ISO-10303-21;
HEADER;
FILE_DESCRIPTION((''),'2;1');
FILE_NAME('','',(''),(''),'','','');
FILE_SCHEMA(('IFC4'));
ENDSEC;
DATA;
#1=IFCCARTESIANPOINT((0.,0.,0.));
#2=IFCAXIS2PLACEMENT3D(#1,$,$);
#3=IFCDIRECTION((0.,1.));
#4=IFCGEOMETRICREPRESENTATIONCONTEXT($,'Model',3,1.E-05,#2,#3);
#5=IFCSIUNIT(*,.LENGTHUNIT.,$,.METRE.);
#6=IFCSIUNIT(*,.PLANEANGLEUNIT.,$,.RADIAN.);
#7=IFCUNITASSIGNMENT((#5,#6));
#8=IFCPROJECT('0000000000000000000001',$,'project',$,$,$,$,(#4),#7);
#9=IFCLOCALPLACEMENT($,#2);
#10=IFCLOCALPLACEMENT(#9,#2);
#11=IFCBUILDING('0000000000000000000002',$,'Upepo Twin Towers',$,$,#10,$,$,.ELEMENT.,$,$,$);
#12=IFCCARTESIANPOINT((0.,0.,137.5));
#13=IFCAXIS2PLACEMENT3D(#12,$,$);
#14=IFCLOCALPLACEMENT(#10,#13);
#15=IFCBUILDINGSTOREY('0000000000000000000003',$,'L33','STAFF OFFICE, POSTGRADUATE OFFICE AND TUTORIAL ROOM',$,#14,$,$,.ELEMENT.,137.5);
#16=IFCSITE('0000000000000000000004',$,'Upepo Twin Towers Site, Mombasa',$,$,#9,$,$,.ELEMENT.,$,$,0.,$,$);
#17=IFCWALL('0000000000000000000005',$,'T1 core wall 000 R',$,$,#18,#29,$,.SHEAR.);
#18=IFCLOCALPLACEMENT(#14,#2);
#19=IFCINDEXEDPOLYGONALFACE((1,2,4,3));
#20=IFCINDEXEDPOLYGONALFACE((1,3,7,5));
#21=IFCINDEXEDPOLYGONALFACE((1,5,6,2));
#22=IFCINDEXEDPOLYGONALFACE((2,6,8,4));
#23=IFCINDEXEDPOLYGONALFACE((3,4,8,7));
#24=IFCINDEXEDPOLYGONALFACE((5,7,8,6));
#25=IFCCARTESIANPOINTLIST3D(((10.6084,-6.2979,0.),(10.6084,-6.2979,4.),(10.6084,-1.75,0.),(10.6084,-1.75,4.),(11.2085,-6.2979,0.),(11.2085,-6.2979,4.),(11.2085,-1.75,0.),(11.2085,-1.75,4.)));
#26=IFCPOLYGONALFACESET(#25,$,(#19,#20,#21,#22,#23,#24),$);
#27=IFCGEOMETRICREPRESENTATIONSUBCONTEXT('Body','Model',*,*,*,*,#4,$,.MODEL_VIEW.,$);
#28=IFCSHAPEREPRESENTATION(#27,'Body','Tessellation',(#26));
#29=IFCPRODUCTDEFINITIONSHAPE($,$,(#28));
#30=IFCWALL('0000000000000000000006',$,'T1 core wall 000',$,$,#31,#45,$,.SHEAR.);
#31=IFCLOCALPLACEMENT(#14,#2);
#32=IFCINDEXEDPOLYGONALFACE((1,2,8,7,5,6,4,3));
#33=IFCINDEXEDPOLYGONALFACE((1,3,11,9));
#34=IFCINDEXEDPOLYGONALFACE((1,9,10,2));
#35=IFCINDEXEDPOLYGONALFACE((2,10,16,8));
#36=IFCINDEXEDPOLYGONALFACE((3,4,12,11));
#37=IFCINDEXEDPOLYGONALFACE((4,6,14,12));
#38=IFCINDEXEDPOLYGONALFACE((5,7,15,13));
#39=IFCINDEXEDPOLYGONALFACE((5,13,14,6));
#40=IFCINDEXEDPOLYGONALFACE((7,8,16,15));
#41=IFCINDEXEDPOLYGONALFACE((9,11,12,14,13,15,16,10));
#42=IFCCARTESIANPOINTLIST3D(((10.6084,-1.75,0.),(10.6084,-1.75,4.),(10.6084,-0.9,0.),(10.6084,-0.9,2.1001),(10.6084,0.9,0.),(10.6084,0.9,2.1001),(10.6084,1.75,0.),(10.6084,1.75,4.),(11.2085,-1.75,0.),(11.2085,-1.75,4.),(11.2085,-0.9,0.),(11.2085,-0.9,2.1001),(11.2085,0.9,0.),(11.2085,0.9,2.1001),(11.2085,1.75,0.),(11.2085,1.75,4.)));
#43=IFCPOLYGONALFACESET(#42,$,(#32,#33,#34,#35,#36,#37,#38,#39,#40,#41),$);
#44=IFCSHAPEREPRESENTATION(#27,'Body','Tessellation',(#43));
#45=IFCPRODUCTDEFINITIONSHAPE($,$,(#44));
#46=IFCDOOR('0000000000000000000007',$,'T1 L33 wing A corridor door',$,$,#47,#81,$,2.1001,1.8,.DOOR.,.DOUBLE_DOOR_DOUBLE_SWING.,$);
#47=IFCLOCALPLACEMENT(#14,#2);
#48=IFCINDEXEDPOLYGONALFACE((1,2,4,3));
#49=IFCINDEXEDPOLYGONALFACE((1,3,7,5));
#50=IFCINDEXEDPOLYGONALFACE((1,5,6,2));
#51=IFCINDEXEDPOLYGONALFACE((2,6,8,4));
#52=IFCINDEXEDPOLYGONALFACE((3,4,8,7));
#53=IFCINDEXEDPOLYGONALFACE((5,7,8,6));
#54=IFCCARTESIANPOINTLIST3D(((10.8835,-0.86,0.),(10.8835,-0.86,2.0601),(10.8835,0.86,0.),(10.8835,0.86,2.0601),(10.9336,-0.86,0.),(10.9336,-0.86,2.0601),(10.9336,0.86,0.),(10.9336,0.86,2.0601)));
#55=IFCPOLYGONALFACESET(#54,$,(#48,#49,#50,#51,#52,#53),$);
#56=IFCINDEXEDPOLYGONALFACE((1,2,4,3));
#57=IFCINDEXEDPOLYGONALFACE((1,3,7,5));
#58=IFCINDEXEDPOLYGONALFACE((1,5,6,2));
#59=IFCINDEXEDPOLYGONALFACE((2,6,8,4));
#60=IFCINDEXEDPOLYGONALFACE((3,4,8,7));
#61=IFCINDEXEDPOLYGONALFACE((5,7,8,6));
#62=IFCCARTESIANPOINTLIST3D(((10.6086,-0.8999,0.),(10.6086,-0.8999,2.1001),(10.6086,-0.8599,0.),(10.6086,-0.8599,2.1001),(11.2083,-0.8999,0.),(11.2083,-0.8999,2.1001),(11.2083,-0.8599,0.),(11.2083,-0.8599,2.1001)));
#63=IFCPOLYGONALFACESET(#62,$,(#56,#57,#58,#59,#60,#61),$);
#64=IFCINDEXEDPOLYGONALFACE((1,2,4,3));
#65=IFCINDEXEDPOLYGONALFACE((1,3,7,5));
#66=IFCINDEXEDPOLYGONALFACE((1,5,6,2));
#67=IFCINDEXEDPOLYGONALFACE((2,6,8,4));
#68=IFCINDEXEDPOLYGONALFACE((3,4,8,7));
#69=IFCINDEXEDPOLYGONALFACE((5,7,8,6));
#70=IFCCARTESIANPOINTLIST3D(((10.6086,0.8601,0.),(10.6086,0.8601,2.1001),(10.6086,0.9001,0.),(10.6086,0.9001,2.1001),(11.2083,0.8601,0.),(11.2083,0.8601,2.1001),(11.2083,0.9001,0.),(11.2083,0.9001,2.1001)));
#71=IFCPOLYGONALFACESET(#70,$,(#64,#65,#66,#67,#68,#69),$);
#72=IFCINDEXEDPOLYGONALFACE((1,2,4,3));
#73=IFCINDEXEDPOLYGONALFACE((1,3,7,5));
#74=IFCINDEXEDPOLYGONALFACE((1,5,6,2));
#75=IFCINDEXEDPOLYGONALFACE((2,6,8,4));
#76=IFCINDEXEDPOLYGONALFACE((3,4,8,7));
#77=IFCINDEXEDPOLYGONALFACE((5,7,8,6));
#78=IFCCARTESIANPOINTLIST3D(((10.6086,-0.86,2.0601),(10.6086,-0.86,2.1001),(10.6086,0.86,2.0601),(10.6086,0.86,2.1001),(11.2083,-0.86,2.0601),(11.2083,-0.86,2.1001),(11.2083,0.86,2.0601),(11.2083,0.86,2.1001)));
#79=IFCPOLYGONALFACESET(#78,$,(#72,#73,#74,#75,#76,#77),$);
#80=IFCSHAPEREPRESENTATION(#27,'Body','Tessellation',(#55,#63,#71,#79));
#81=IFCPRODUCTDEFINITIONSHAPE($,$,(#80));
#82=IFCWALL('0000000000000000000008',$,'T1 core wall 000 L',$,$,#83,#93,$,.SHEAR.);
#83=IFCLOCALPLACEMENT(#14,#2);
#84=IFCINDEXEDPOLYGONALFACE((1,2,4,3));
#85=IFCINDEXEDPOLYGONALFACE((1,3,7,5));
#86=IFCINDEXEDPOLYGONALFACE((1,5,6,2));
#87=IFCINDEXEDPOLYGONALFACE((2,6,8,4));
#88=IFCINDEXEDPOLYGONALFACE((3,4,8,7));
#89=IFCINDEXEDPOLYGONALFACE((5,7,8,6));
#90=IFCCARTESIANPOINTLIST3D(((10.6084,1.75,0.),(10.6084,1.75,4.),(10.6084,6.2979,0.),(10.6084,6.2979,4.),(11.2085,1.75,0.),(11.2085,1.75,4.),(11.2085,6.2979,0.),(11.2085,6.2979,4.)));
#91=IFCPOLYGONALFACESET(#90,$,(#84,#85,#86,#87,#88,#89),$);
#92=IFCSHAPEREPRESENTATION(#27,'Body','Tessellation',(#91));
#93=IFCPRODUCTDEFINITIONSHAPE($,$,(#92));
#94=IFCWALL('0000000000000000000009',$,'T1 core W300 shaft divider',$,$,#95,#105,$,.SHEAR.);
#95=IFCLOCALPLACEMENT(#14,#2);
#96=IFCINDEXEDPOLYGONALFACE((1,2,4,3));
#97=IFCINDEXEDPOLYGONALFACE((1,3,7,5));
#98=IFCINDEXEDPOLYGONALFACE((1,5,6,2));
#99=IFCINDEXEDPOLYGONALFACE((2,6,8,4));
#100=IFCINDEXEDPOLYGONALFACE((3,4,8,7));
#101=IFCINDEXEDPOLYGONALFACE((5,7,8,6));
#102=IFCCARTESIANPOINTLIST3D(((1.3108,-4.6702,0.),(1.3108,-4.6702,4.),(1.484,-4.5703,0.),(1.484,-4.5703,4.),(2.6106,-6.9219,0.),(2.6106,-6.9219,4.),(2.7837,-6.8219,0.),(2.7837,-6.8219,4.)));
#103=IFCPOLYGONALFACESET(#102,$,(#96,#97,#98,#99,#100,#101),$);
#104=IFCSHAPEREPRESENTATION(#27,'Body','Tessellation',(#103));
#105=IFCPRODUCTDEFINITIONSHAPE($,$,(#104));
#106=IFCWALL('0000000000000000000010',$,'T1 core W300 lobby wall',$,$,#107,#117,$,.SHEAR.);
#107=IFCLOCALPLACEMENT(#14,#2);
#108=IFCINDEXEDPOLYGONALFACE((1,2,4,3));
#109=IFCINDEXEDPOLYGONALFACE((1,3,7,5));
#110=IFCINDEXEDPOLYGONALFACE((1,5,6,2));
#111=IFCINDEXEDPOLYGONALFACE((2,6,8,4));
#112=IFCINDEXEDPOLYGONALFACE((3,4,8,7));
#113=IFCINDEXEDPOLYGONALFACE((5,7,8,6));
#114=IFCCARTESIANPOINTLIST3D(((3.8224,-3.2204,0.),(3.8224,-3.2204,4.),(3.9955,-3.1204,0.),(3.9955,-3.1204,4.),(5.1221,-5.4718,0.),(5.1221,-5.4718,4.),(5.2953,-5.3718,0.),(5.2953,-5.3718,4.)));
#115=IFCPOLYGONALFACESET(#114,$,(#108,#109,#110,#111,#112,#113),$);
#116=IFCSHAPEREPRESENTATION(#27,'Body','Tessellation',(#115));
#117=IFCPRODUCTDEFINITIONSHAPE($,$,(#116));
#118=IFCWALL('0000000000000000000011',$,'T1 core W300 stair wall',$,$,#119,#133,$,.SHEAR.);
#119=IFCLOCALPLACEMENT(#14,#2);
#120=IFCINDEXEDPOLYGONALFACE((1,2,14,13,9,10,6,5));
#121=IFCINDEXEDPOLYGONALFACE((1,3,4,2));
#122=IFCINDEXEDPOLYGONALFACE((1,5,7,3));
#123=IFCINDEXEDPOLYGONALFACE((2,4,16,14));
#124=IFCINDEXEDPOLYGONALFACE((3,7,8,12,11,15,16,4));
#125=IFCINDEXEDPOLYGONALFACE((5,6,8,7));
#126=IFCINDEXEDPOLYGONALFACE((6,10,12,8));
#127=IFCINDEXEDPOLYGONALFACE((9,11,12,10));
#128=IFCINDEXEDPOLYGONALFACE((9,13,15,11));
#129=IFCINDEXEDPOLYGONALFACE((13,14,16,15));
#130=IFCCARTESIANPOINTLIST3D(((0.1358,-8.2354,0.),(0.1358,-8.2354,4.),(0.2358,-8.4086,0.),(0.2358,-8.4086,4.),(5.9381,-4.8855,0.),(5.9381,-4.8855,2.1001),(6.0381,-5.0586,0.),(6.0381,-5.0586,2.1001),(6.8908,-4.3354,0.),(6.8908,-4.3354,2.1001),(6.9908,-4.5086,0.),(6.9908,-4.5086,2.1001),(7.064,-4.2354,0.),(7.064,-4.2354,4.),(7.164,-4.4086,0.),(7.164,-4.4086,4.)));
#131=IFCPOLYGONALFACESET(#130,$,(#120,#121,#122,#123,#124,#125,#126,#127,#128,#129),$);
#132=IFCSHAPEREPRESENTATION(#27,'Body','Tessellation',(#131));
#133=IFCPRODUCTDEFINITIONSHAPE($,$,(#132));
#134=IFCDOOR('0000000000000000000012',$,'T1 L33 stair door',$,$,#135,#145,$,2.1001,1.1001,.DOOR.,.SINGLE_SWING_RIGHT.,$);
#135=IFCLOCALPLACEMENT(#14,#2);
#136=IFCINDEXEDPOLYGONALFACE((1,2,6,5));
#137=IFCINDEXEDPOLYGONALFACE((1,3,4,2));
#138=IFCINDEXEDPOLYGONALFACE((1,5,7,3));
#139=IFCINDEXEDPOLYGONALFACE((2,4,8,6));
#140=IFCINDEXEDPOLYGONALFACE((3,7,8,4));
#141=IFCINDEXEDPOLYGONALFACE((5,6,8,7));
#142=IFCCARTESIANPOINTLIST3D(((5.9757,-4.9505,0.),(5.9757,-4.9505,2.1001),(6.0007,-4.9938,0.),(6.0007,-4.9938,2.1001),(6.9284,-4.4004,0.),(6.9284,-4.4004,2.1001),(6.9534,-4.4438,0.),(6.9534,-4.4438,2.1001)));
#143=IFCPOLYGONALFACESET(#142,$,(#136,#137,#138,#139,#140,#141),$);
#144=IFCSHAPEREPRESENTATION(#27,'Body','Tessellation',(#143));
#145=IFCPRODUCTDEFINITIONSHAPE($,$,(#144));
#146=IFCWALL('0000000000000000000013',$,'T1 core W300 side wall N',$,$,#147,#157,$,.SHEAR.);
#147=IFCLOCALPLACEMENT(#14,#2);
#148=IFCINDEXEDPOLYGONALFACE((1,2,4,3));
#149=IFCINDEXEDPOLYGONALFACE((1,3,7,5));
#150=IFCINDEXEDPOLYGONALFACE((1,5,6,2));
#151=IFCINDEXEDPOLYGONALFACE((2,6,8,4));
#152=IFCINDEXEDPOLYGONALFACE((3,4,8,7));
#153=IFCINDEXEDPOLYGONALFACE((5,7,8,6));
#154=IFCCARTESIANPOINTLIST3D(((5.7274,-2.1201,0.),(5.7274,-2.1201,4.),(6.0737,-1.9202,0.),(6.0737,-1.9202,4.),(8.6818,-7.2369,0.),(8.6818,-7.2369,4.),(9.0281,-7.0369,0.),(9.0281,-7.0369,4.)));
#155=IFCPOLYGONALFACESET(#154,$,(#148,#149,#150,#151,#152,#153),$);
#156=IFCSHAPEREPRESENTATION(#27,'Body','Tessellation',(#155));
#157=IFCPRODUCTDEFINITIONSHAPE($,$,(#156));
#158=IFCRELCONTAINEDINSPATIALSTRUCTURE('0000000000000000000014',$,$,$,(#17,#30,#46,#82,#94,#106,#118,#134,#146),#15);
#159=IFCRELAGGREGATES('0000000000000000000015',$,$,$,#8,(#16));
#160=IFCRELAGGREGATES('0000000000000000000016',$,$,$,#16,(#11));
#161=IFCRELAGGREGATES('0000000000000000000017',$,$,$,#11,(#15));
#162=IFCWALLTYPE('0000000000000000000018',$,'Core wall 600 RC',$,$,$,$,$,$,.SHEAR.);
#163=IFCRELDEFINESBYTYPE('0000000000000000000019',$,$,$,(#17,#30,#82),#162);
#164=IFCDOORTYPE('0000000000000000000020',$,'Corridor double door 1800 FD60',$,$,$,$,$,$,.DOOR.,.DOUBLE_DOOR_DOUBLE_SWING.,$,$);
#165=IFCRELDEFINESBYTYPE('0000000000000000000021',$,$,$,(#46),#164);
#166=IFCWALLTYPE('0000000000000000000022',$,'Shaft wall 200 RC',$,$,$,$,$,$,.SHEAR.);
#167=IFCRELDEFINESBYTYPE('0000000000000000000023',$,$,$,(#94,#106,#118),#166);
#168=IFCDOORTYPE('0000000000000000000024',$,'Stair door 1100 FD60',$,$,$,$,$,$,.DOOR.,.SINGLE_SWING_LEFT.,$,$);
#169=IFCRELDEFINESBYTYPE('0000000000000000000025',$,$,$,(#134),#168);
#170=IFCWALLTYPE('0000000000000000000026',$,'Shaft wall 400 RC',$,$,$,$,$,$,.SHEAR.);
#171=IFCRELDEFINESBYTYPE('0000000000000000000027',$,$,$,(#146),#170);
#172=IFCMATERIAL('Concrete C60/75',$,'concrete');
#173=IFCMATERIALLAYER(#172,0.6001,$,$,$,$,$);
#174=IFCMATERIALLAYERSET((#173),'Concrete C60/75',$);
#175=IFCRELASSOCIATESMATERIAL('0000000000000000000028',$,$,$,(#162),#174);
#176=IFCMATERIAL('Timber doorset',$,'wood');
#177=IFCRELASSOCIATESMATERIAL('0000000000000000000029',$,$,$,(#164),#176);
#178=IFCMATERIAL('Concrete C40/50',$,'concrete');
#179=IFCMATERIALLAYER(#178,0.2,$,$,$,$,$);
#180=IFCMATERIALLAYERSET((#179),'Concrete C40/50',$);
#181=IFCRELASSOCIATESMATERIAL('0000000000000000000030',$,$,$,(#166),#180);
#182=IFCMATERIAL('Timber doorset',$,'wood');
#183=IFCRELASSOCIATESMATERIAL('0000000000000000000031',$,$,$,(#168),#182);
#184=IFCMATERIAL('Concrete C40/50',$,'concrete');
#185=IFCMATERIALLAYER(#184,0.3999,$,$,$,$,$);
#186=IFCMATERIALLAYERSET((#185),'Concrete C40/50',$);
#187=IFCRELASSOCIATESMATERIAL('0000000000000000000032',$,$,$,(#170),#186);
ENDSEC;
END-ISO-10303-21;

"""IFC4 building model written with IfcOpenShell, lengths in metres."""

from ifc_helpers import new_model, si_unit, direction, frame, frame_2d, origin, place, context, subcontext, project, spatial, rectangle, extrude, material, layer, layer_set, type_object, element, fill, save


model = new_model("IFC4")

# Units and contexts
model_context = context("Model", 3, precision=1e-05, world=origin(), true_north=direction((0.0, 1.0)))
body_context = subcontext(model_context, "Body", "Model", "MODEL_VIEW")
ifc_project = project(units=[si_unit("LENGTHUNIT", "METRE"), si_unit("PLANEANGLEUNIT", "RADIAN")], contexts=[model_context])

# Site, building, storey
site_placement = place(None, origin())
site = spatial("IfcSite", under=ifc_project, at=site_placement, Name="Upepo Twin Towers Site, Mombasa", CompositionType="ELEMENT", RefElevation=0.0)
building_placement = place(site_placement, origin())
building = spatial("IfcBuilding", under=site, at=building_placement, Name="Upepo Twin Towers", CompositionType="ELEMENT")
storey_placement = place(building_placement, frame((0.0, 0.0, 137.5)))
storey = spatial("IfcBuildingStorey", under=building, at=storey_placement, Name="L33", Description="STAFF OFFICE, POSTGRADUATE OFFICE AND TUTORIAL ROOM", CompositionType="ELEMENT", Elevation=137.5)

# Wall
ifc_material_1 = material(Name="Concrete C60/75", Category="concrete")
ifc_layer_1 = layer(ifc_material_1, 0.6001)
ifc_layer_set_1 = layer_set([ifc_layer_1], Name="Concrete C60/75")
wall_type_1 = type_object("IfcWallType", Name="Core wall 600 RC", PredefinedType="SHEAR", material=ifc_layer_set_1)
wall_1_placement = place(storey_placement, frame((10.9084, -6.2979, 0.0), z_axis=(0.0, 0.0, 1.0), x_axis=(0.0, 1.0, 0.0)))
element("IfcWall", 1, at=wall_1_placement, inside=storey, type_object=wall_type_1, Name="T1 core wall 000 R", PredefinedType="SHEAR", context=body_context, shape_type="SweptSolid", body=[
    extrude(rectangle(XDim=4.5479, YDim=0.6001, at=frame_2d((2.2739, 0.0))), origin(), (0.0, 0.0, 1.0), 4.0),
])

# Wall, opening, door
wall_2_placement = place(storey_placement, frame((10.9084, -1.75, 0.0), z_axis=(0.0, 0.0, 1.0), x_axis=(0.0, 1.0, 0.0)))
wall_2 = element("IfcWall", 2, at=wall_2_placement, inside=storey, type_object=wall_type_1, Name="T1 core wall 000", PredefinedType="SHEAR", context=body_context, shape_type="SweptSolid", body=[
    extrude(rectangle(XDim=3.5, YDim=0.6001, at=frame_2d((1.75, 0.0))), origin(), (0.0, 0.0, 1.0), 4.0),
])
opening_1_placement = place(wall_2_placement, frame((0.8501, 0.0, 0.0)))
opening_1 = element("IfcOpeningElement", 3, at=opening_1_placement, cuts=wall_2, PredefinedType="OPENING", context=body_context, shape_type="SweptSolid", body=[
    extrude(rectangle(XDim=1.8, YDim=2.1001, at=frame_2d((0.8999, 1.05))), frame((0.0, 0.3101, 0.0), z_axis=(0.0, -1.0, 0.0), x_axis=(1.0, 0.0, 0.0)), (0.0, 0.0, 1.0), 0.6201),
])
ifc_material_2 = material(Name="Timber doorset", Category="wood")
door_type_1 = type_object("IfcDoorType", Name="Corridor double door 1800 FD60", OperationType="DOUBLE_DOOR_DOUBLE_SWING", PredefinedType="DOOR", material=ifc_material_2)
door_1_placement = place(opening_1_placement, origin())
door_1 = element("IfcDoor", 4, at=door_1_placement, inside=storey, type_object=door_type_1, Name="T1 L33 wing A corridor door", OperationType="DOUBLE_DOOR_DOUBLE_SWING", OverallHeight=2.1001, OverallWidth=1.8, PredefinedType="DOOR", context=body_context, shape_type="SweptSolid", body=[
    extrude(rectangle(XDim=1.72, YDim=2.0601, at=frame_2d((0.8999, 1.03))), frame((0.0, 0.0249, 0.0), z_axis=(0.0, -1.0, 0.0), x_axis=(1.0, 0.0, 0.0)), (0.0, 0.0, 1.0), 0.05),
    extrude(rectangle(XDim=0.04, YDim=2.1001, at=frame_2d((0.02, 1.05))), frame((0.0, 0.2998, 0.0), z_axis=(0.0, -1.0, 0.0), x_axis=(1.0, 0.0, 0.0)), (0.0, 0.0, 1.0), 0.5996),
    extrude(rectangle(XDim=0.04, YDim=2.1001, at=frame_2d((1.78, 1.05))), frame((0.0, 0.2998, 0.0), z_axis=(0.0, -1.0, 0.0), x_axis=(1.0, 0.0, 0.0)), (0.0, 0.0, 1.0), 0.5996),
    extrude(rectangle(XDim=1.72, YDim=0.04, at=frame_2d((0.8999, 2.0801))), frame((0.0, 0.2998, 0.0), z_axis=(0.0, -1.0, 0.0), x_axis=(1.0, 0.0, 0.0)), (0.0, 0.0, 1.0), 0.5996),
])
fill(opening_1, door_1)

# Walls
wall_3_placement = place(storey_placement, frame((10.9084, 1.75, 0.0), z_axis=(0.0, 0.0, 1.0), x_axis=(0.0, 1.0, 0.0)))
element("IfcWall", 5, at=wall_3_placement, inside=storey, type_object=wall_type_1, Name="T1 core wall 000 L", PredefinedType="SHEAR", context=body_context, shape_type="SweptSolid", body=[
    extrude(rectangle(XDim=4.5479, YDim=0.6001, at=frame_2d((2.2739, 0.0))), origin(), (0.0, 0.0, 1.0), 4.0),
])
ifc_material_3 = material(Name="Concrete C40/50", Category="concrete")
ifc_layer_2 = layer(ifc_material_3, 0.2)
ifc_layer_set_2 = layer_set([ifc_layer_2], Name="Concrete C40/50")
wall_type_2 = type_object("IfcWallType", Name="Shaft wall 200 RC", PredefinedType="SHEAR", material=ifc_layer_set_2)
wall_4_placement = place(storey_placement, frame((1.3975, -4.6204, 0.0), z_axis=(0.0, 0.0, 1.0), x_axis=(0.499937, -0.866062, 0.0)))
element("IfcWall", 6, at=wall_4_placement, inside=storey, type_object=wall_type_2, Name="T1 core W300 shaft divider", PredefinedType="SHEAR", context=body_context, shape_type="SweptSolid", body=[
    extrude(rectangle(XDim=2.5999, YDim=0.2, at=frame_2d((1.2998, 0.0))), origin(), (0.0, 0.0, 1.0), 4.0),
])
wall_5_placement = place(storey_placement, frame((3.9089, -3.1704, 0.0), z_axis=(0.0, 0.0, 1.0), x_axis=(0.499977, -0.866039, 0.0)))
element("IfcWall", 7, at=wall_5_placement, inside=storey, type_object=wall_type_2, Name="T1 core W300 lobby wall", PredefinedType="SHEAR", context=body_context, shape_type="SweptSolid", body=[
    extrude(rectangle(XDim=2.5996, YDim=0.2, at=frame_2d((1.2998, 0.0))), origin(), (0.0, 0.0, 1.0), 4.0),
])

# Wall, opening, door
wall_6_placement = place(storey_placement, frame((0.1858, -8.322, 0.0), z_axis=(0.0, 0.0, 1.0), x_axis=(0.866026, 0.499999, 0.0)))
wall_6 = element("IfcWall", 8, at=wall_6_placement, inside=storey, type_object=wall_type_2, Name="T1 core W300 stair wall", PredefinedType="SHEAR", context=body_context, shape_type="SweptSolid", body=[
    extrude(rectangle(XDim=8.0, YDim=0.2, at=frame_2d((4.0, 0.0))), origin(), (0.0, 0.0, 1.0), 4.0),
])
opening_2_placement = place(wall_6_placement, frame((6.7, 0.0, 0.0)))
opening_2 = element("IfcOpeningElement", 9, at=opening_2_placement, cuts=wall_6, PredefinedType="OPENING", context=body_context, shape_type="SweptSolid", body=[
    extrude(rectangle(XDim=1.1001, YDim=2.1001, at=frame_2d((0.55, 1.05))), frame((0.0, 0.1099, 0.0), z_axis=(0.0, -1.0, 0.0), x_axis=(1.0, 0.0, 0.0)), (0.0, 0.0, 1.0), 0.22),
])
ifc_material_4 = material(Name="Timber doorset", Category="wood")
door_type_2 = type_object("IfcDoorType", Name="Stair door 1100 FD60", OperationType="SINGLE_SWING_LEFT", PredefinedType="DOOR", material=ifc_material_4)
door_2_placement = place(opening_2_placement, origin())
door_2 = element("IfcDoor", 10, at=door_2_placement, inside=storey, type_object=door_type_2, Name="T1 L33 stair door", OperationType="SINGLE_SWING_RIGHT", OverallHeight=2.1001, OverallWidth=1.1001, PredefinedType="DOOR", context=body_context, shape_type="SweptSolid", body=[
    extrude(rectangle(XDim=1.1001, YDim=2.1001, at=frame_2d((0.55, 1.05))), frame((0.0, 0.0249, 0.0), z_axis=(0.0, -1.0, 0.0), x_axis=(1.0, 0.0, 0.0)), (0.0, 0.0, 1.0), 0.05),
])
fill(opening_2, door_2)

# Wall
ifc_material_5 = material(Name="Concrete C40/50", Category="concrete")
ifc_layer_3 = layer(ifc_material_5, 0.3999)
ifc_layer_set_3 = layer_set([ifc_layer_3], Name="Concrete C40/50")
wall_type_3 = type_object("IfcWallType", Name="Shaft wall 400 RC", PredefinedType="SHEAR", material=ifc_layer_set_3)
wall_7_placement = place(storey_placement, frame((5.9006, -2.0203, 0.0), z_axis=(0.0, 0.0, 1.0), x_axis=(0.500028, -0.866009, 0.0)))
element("IfcWall", 11, at=wall_7_placement, inside=storey, type_object=wall_type_3, Name="T1 core W300 side wall N", PredefinedType="SHEAR", context=body_context, shape_type="SweptSolid", body=[
    extrude(rectangle(XDim=5.9084, YDim=0.3999, at=frame_2d((2.9541, 0.0))), origin(), (0.0, 0.0, 1.0), 4.0),
])

save(model, "model.ifc")
